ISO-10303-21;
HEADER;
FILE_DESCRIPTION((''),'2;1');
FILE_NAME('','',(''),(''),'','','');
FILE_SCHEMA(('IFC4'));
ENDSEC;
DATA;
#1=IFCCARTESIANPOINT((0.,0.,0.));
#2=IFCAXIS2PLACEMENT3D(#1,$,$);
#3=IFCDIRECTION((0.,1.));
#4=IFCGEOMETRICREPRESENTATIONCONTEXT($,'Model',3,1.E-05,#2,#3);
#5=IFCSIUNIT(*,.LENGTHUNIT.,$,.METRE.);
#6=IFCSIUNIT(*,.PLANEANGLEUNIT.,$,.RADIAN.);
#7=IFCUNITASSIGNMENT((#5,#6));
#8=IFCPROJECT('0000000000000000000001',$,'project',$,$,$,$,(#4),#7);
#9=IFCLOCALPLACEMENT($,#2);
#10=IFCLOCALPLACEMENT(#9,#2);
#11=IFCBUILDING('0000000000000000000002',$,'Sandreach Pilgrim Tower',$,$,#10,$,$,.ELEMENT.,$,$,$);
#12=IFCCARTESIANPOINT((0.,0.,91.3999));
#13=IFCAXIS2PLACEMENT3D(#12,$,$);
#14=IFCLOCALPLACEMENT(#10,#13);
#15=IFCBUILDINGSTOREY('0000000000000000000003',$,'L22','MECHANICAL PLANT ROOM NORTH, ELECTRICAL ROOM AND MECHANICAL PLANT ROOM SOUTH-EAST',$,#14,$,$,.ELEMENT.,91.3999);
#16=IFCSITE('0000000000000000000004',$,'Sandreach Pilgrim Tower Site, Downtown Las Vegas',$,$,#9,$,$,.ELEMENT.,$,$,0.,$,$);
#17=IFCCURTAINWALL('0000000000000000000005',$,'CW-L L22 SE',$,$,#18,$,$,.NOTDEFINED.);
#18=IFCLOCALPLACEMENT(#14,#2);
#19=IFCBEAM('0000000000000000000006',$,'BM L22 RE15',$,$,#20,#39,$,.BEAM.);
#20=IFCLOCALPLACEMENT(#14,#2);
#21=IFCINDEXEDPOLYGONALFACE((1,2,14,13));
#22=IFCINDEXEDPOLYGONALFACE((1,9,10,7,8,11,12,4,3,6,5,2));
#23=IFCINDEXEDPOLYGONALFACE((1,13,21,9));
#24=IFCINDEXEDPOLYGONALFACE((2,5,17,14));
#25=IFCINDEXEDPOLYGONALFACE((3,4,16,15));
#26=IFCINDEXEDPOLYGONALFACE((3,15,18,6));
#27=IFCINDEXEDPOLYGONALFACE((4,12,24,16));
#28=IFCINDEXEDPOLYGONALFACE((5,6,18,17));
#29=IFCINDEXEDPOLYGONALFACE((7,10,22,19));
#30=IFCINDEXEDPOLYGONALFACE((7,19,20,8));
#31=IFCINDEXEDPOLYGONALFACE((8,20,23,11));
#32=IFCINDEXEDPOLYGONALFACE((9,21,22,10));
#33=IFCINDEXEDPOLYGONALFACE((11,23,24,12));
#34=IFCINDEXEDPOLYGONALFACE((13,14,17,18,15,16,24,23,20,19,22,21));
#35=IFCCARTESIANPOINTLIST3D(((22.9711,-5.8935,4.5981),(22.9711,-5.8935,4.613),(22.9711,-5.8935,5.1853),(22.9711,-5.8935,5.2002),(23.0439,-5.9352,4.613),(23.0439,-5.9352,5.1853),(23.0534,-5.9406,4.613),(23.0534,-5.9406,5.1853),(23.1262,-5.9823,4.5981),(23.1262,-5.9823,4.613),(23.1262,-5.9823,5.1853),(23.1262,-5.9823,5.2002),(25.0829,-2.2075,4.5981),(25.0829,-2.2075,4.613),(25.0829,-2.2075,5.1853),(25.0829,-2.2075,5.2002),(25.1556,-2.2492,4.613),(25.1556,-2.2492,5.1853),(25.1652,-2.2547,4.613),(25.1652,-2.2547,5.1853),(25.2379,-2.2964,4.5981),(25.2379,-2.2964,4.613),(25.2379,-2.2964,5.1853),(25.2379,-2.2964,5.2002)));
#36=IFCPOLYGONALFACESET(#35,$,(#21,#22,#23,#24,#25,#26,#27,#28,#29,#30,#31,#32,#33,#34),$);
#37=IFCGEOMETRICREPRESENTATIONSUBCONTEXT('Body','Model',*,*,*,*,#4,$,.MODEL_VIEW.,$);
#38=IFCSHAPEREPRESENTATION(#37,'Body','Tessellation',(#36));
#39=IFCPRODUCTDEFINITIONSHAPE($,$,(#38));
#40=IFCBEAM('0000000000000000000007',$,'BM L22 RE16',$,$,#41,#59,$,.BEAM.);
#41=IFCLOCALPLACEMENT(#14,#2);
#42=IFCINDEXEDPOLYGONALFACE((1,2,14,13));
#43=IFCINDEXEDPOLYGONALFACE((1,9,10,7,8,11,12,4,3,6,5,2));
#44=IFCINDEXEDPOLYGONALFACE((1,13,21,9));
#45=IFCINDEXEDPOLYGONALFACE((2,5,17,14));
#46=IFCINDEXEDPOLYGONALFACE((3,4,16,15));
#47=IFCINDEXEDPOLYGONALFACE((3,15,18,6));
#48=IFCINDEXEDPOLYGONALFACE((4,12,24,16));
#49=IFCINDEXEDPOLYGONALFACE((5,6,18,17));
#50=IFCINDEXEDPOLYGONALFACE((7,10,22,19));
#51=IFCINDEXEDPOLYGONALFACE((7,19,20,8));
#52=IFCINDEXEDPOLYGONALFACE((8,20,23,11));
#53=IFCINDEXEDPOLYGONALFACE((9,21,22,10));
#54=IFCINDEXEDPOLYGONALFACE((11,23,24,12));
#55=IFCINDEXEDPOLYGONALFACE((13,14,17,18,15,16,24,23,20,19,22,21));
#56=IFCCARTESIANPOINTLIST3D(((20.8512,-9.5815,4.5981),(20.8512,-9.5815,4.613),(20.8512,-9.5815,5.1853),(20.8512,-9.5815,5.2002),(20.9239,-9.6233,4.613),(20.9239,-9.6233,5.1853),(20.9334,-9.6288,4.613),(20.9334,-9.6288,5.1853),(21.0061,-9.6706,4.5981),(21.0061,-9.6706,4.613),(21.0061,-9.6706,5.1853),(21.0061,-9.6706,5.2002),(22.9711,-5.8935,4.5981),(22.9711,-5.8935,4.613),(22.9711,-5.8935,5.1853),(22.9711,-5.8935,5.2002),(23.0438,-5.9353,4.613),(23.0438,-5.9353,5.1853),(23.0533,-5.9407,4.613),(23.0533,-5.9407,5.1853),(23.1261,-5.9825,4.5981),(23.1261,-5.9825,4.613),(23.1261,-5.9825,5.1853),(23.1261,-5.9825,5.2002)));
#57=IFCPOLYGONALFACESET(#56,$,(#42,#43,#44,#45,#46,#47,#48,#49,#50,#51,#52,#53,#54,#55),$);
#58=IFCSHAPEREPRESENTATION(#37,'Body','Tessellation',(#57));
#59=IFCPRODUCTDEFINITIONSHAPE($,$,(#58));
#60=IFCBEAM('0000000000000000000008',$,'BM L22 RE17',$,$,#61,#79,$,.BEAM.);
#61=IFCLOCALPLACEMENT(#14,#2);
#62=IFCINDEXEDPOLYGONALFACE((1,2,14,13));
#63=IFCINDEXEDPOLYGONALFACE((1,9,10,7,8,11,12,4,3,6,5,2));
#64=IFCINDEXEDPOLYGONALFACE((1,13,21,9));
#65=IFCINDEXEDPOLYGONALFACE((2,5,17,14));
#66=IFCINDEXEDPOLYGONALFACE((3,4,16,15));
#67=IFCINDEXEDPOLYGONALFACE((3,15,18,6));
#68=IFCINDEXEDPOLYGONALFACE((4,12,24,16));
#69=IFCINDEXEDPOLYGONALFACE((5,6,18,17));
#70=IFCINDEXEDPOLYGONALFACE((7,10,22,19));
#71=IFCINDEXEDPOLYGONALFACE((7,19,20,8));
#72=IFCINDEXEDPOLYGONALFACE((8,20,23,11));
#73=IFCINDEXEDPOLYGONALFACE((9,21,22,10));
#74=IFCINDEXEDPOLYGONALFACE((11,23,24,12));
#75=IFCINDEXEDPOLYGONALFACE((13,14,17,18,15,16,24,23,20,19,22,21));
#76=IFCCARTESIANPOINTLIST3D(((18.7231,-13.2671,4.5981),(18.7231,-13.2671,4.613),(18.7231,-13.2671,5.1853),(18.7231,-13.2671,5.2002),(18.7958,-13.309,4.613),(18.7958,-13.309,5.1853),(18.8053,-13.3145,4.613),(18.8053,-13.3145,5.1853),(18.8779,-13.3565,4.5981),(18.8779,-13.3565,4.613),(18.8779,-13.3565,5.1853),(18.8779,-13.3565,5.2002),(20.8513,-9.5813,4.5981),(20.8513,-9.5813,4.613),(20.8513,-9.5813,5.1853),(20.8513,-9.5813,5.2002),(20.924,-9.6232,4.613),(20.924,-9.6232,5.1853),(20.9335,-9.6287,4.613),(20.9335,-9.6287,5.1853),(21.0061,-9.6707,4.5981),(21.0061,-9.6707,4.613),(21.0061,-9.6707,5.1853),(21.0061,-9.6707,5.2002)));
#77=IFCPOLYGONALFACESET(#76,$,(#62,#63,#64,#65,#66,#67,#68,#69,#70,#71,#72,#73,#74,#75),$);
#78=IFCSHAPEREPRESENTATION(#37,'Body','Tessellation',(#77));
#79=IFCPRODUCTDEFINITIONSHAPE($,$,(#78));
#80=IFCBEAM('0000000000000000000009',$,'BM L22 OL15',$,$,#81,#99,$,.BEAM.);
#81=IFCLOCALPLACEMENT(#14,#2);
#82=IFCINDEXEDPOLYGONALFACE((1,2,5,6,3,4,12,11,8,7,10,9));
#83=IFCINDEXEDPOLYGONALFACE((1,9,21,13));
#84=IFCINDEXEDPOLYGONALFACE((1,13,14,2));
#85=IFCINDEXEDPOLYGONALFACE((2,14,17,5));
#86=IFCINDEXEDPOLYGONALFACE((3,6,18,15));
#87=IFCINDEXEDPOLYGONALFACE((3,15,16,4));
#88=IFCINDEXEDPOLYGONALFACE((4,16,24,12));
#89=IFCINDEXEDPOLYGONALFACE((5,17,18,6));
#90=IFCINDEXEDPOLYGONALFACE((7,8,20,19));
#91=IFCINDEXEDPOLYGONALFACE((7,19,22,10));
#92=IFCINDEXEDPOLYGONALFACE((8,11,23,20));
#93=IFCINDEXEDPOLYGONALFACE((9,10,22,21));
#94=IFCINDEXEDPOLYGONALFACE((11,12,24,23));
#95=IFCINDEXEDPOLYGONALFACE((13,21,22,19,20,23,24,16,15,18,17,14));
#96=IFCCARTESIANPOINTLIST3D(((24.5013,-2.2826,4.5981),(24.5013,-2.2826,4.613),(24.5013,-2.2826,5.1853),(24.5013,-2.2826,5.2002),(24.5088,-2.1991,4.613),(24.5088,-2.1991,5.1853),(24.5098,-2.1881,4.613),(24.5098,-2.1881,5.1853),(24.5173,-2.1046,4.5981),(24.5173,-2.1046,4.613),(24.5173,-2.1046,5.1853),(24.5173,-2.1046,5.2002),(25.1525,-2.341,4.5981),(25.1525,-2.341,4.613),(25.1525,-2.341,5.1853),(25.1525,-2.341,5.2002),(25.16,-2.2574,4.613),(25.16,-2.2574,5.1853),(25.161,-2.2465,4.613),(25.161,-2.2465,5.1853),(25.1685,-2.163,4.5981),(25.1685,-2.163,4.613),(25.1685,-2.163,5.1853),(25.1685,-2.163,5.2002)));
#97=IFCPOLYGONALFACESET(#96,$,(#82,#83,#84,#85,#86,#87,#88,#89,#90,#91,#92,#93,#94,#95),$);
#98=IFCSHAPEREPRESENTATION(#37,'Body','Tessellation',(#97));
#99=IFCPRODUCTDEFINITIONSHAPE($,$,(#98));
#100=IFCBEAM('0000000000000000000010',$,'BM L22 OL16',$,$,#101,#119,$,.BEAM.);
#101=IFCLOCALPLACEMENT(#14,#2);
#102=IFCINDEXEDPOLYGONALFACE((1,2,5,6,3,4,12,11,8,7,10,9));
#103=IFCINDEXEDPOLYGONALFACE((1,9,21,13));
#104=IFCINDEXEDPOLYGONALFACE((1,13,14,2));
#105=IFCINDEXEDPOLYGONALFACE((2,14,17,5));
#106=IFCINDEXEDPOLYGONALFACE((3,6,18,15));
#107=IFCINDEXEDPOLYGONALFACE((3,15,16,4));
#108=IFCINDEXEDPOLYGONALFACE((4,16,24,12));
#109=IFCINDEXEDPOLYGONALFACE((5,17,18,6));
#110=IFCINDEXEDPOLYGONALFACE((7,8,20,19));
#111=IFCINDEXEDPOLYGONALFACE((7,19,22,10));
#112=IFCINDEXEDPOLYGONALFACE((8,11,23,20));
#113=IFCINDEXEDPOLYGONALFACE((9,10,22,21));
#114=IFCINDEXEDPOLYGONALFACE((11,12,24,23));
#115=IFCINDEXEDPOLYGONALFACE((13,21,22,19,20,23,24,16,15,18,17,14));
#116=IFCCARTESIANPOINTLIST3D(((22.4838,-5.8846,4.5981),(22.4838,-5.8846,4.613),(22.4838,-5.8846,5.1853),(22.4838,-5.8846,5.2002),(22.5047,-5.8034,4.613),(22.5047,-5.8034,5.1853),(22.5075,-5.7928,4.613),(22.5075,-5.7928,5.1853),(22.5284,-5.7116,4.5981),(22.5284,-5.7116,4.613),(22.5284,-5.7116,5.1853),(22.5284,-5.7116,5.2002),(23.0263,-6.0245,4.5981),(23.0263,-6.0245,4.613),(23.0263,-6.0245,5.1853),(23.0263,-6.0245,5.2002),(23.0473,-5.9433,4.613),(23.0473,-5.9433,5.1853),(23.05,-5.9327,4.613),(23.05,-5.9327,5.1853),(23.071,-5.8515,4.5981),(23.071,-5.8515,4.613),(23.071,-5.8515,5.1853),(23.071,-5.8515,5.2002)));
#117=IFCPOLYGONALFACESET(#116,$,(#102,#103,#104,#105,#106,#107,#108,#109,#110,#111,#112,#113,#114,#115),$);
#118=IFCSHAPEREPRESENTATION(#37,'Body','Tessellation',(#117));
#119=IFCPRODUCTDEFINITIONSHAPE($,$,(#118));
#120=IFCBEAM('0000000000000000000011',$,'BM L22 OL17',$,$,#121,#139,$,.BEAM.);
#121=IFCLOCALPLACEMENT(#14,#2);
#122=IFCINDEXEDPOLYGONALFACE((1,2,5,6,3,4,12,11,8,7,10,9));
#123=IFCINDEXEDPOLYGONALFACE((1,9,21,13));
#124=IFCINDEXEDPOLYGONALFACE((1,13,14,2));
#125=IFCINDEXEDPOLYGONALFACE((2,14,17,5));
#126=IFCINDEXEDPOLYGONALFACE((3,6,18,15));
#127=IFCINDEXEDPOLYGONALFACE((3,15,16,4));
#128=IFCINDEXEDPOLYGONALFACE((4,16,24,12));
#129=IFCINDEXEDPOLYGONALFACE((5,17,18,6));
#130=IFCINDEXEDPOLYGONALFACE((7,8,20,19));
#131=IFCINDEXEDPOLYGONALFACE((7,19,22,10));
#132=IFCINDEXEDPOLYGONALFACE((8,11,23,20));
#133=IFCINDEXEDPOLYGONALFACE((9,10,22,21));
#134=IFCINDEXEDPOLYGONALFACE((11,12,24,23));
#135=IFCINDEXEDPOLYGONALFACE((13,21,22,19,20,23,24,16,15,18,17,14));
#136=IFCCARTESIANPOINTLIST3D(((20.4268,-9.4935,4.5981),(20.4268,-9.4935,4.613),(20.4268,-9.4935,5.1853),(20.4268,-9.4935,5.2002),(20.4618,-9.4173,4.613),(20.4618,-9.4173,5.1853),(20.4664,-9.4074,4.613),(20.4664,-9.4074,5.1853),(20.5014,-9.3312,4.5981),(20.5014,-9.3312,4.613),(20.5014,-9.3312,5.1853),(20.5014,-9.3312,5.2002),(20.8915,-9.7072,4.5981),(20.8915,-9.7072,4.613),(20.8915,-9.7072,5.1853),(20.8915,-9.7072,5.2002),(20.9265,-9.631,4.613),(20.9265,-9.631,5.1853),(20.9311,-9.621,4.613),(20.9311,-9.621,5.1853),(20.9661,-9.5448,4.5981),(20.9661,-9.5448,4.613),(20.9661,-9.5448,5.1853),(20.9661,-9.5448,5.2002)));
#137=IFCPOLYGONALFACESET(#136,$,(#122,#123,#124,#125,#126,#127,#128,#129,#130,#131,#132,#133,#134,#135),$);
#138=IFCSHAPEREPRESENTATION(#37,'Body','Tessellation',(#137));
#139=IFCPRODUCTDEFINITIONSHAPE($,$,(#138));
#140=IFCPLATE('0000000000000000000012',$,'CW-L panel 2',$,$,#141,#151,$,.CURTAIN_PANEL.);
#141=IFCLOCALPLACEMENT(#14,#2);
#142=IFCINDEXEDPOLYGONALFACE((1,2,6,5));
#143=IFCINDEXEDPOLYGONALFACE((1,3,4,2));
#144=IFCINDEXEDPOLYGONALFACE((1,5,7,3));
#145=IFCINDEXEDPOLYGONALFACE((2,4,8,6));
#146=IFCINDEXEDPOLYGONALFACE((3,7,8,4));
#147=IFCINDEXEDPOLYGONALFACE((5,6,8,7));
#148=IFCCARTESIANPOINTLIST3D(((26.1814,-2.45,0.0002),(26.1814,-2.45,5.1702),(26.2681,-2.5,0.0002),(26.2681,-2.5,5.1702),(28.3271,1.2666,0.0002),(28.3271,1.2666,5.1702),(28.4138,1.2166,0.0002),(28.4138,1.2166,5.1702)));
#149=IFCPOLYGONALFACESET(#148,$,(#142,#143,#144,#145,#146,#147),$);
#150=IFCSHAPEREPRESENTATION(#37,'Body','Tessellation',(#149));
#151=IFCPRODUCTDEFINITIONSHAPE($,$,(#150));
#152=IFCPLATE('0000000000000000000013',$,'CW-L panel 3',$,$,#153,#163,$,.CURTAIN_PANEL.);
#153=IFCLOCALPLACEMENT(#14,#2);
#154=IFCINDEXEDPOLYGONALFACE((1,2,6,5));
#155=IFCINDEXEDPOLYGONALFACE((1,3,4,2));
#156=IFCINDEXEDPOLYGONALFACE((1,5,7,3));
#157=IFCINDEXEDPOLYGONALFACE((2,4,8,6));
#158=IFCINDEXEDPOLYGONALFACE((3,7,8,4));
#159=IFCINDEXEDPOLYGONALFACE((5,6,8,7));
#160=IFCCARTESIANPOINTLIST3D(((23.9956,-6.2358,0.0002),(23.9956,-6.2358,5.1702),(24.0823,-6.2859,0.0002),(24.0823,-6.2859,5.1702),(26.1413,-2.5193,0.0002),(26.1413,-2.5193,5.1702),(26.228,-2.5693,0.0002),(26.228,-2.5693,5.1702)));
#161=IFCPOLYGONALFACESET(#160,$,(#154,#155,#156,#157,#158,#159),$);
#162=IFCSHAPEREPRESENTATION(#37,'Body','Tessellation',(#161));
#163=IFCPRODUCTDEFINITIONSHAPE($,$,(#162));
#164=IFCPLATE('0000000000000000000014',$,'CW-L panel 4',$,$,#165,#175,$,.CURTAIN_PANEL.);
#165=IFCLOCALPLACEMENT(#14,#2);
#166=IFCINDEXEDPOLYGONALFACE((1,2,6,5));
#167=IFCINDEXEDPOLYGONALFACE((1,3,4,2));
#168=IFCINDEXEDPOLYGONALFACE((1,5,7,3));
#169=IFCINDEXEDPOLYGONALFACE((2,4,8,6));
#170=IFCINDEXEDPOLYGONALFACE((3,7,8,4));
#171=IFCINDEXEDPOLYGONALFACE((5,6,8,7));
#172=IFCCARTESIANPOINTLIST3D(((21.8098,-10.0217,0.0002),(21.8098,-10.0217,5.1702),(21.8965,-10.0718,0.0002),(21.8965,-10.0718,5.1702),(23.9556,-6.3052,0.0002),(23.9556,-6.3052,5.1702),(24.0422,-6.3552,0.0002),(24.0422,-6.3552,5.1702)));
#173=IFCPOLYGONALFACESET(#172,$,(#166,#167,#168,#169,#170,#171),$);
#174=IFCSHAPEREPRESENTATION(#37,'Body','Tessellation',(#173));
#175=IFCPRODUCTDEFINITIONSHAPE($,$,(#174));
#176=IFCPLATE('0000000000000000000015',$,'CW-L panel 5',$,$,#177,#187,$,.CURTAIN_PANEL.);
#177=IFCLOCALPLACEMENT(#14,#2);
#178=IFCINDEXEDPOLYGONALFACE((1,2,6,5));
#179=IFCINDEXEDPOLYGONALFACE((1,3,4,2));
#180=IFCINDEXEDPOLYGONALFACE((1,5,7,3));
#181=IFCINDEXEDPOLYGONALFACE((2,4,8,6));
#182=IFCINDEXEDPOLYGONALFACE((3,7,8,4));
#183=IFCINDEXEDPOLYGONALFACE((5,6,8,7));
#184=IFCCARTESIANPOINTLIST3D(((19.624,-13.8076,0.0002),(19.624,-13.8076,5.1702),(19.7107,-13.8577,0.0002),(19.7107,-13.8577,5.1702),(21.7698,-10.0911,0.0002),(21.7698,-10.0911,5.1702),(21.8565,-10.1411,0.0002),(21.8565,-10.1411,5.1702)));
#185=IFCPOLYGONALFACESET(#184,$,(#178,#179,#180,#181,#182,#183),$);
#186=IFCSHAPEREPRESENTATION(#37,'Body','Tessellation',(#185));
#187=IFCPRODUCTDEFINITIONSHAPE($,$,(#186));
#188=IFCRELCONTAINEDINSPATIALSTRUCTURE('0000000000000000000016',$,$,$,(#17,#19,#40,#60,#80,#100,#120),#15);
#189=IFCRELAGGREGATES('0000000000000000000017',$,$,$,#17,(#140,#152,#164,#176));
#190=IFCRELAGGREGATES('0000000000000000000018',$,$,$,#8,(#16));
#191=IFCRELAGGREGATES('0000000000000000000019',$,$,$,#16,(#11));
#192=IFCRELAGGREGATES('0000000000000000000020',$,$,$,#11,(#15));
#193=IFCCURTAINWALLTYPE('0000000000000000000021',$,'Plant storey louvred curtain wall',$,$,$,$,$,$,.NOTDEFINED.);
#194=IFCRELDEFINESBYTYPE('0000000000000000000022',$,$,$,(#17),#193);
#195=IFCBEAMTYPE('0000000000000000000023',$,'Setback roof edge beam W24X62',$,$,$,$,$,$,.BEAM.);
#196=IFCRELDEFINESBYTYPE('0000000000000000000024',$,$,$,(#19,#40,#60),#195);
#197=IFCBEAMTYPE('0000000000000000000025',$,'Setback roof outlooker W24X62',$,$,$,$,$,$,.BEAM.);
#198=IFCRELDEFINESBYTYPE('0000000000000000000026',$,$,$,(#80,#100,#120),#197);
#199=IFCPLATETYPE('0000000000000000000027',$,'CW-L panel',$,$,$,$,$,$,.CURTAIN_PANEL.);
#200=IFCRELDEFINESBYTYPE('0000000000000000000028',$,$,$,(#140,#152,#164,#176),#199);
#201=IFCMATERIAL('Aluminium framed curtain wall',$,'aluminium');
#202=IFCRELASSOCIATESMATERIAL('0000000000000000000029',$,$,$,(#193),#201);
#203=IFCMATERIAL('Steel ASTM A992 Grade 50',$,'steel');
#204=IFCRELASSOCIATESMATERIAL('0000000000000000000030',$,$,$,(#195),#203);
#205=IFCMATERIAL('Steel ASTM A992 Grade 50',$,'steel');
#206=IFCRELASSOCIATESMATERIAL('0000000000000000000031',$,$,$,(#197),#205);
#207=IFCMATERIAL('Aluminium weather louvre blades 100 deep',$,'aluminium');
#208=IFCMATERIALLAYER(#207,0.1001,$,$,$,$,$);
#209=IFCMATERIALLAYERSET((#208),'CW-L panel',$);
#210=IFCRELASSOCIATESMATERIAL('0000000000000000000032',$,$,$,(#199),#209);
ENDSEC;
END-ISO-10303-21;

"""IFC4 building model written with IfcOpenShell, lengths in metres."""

from ifc_helpers import new_model, si_unit, direction, frame, origin, origin_2d, place, context, subcontext, project, spatial, rectangle, i_section, extrude, material, layer, layer_set, material_profile, profile_set, type_object, element, aggregate, save


model = new_model("IFC4")

# Units and contexts
model_context = context("Model", 3, precision=1e-05, world=origin(), true_north=direction((0.0, 1.0)))
body_context = subcontext(model_context, "Body", "Model", "MODEL_VIEW")
ifc_project = project(units=[si_unit("LENGTHUNIT", "METRE"), si_unit("PLANEANGLEUNIT", "RADIAN")], contexts=[model_context])

# Site, building, storey
site_placement = place(None, origin())
site = spatial("IfcSite", under=ifc_project, at=site_placement, Name="Sandreach Pilgrim Tower Site, Downtown Las Vegas", CompositionType="ELEMENT", RefElevation=0.0)
building_placement = place(site_placement, origin())
building = spatial("IfcBuilding", under=site, at=building_placement, Name="Sandreach Pilgrim Tower", CompositionType="ELEMENT")
storey_placement = place(building_placement, frame((0.0, 0.0, 91.3999)))
storey = spatial("IfcBuildingStorey", under=building, at=storey_placement, Name="L22", Description="MECHANICAL PLANT ROOM NORTH, ELECTRICAL ROOM AND MECHANICAL PLANT ROOM SOUTH-EAST", CompositionType="ELEMENT", Elevation=91.3999)

# Curtain wall
ifc_material_1 = material(Name="Aluminium framed curtain wall", Category="aluminium")
curtain_wall_type = type_object("IfcCurtainWallType", Name="Plant storey louvred curtain wall", PredefinedType="NOTDEFINED", material=ifc_material_1)
curtain_wall_placement = place(storey_placement, origin())
curtain_wall = element("IfcCurtainWall", 1, at=curtain_wall_placement, inside=storey, type_object=curtain_wall_type, Name="CW-L L22 SE", PredefinedType="NOTDEFINED")

# Beams
ifc_material_2 = material(Name="Steel ASTM A992 Grade 50", Category="steel")
ifc_material_profile_1 = material_profile(ifc_material_2, i_section(OverallWidth=0.1787, OverallDepth=0.6021, WebThickness=0.011, FlangeThickness=0.0149, at=origin_2d()), Name="W24X62")
ifc_profile_set_1 = profile_set([ifc_material_profile_1], Name="Steel ASTM A992 Grade 50")
beam_type_1 = type_object("IfcBeamType", Name="Setback roof edge beam W24X62", PredefinedType="BEAM", material=ifc_profile_set_1)
beam_1_placement = place(storey_placement, frame((25.1604, -2.252, 4.8992), z_axis=(-0.497116, -0.867684, 0.0), x_axis=(0.867684, -0.497116, 0.0)))
element("IfcBeam", 2, at=beam_1_placement, inside=storey, type_object=beam_type_1, Name="BM L22 RE15", PredefinedType="BEAM", context=body_context, shape_type="SweptSolid", body=[
    extrude(i_section(OverallWidth=0.1787, OverallDepth=0.6021, WebThickness=0.011, FlangeThickness=0.0149, at=origin_2d()), origin(), (0.0, 0.0, 1.0), 4.248),
])
beam_2_placement = place(storey_placement, frame((23.0486, -5.938, 4.8992), z_axis=(-0.498344, -0.866979, 0.0), x_axis=(0.866979, -0.498344, 0.0)))
element("IfcBeam", 3, at=beam_2_placement, inside=storey, type_object=beam_type_1, Name="BM L22 RE16", PredefinedType="BEAM", context=body_context, shape_type="SweptSolid", body=[
    extrude(i_section(OverallWidth=0.1787, OverallDepth=0.6021, WebThickness=0.011, FlangeThickness=0.0149, at=origin_2d()), origin(), (0.0, 0.0, 1.0), 4.2539),
])
beam_3_placement = place(storey_placement, frame((20.9287, -9.626, 4.8992), z_axis=(-0.500032, -0.866007, 0.0), x_axis=(0.866007, -0.500032, 0.0)))
element("IfcBeam", 4, at=beam_3_placement, inside=storey, type_object=beam_type_1, Name="BM L22 RE17", PredefinedType="BEAM", context=body_context, shape_type="SweptSolid", body=[
    extrude(i_section(OverallWidth=0.1787, OverallDepth=0.6021, WebThickness=0.011, FlangeThickness=0.0149, at=origin_2d()), origin(), (0.0, 0.0, 1.0), 4.2561),
])
ifc_material_3 = material(Name="Steel ASTM A992 Grade 50", Category="steel")
ifc_material_profile_2 = material_profile(ifc_material_3, i_section(OverallWidth=0.1787, OverallDepth=0.6021, WebThickness=0.011, FlangeThickness=0.0149, at=origin_2d()), Name="W24X62")
ifc_profile_set_2 = profile_set([ifc_material_profile_2], Name="Steel ASTM A992 Grade 50")
beam_type_2 = type_object("IfcBeamType", Name="Setback roof outlooker W24X62", PredefinedType="BEAM", material=ifc_profile_set_2)
beam_4_placement = place(storey_placement, frame((24.5093, -2.1936, 4.8992), z_axis=(0.996009, -0.089256, 0.0), x_axis=(0.089256, 0.996009, 0.0)))
element("IfcBeam", 5, at=beam_4_placement, inside=storey, type_object=beam_type_2, Name="BM L22 OL15", PredefinedType="BEAM", context=body_context, shape_type="SweptSolid", body=[
    extrude(i_section(OverallWidth=0.1787, OverallDepth=0.6021, WebThickness=0.011, FlangeThickness=0.0149, at=origin_2d()), origin(), (0.0, 0.0, 1.0), 0.6538),
])
beam_5_placement = place(storey_placement, frame((22.5061, -5.7981, 4.8992), z_axis=(0.968322, -0.249707, 0.0), x_axis=(0.249707, 0.968322, 0.0)))
element("IfcBeam", 6, at=beam_5_placement, inside=storey, type_object=beam_type_2, Name="BM L22 OL16", PredefinedType="BEAM", context=body_context, shape_type="SweptSolid", body=[
    extrude(i_section(OverallWidth=0.1787, OverallDepth=0.6021, WebThickness=0.011, FlangeThickness=0.0149, at=origin_2d()), origin(), (0.0, 0.0, 1.0), 0.5603),
])
beam_6_placement = place(storey_placement, frame((20.4641, -9.4124, 4.8992), z_axis=(0.908559, -0.417756, 0.0), x_axis=(0.417756, 0.908559, 0.0)))
element("IfcBeam", 7, at=beam_6_placement, inside=storey, type_object=beam_type_2, Name="BM L22 OL17", PredefinedType="BEAM", context=body_context, shape_type="SweptSolid", body=[
    extrude(i_section(OverallWidth=0.1787, OverallDepth=0.6021, WebThickness=0.011, FlangeThickness=0.0149, at=origin_2d()), origin(), (0.0, 0.0, 1.0), 0.5115),
])

# Plates
ifc_material_4 = material(Name="Aluminium weather louvre blades 100 deep", Category="aluminium")
ifc_layer = layer(ifc_material_4, 0.1001)
ifc_layer_set = layer_set([ifc_layer], Name="CW-L panel")
plate_type = type_object("IfcPlateType", Name="CW-L panel", PredefinedType="CURTAIN_PANEL", material=ifc_layer_set)
plate_1_placement = place(storey_placement, frame((27.2976, -0.6167, 0.0002), z_axis=(0.0, 0.0, 1.0), x_axis=(-0.5, -0.866025, 0.0)))
plate_1 = element("IfcPlate", 8, at=plate_1_placement, type_object=plate_type, Name="CW-L panel 2", PredefinedType="CURTAIN_PANEL", context=body_context, shape_type="SweptSolid", body=[
    extrude(rectangle(XDim=4.2915, YDim=0.1001, at=origin_2d()), origin(), (0.0, 0.0, 1.0), 5.1699),
])
plate_2_placement = place(storey_placement, frame((25.1118, -4.4026, 0.0002), z_axis=(0.0, 0.0, 1.0), x_axis=(-0.5, -0.866025, 0.0)))
plate_2 = element("IfcPlate", 9, at=plate_2_placement, type_object=plate_type, Name="CW-L panel 3", PredefinedType="CURTAIN_PANEL", context=body_context, shape_type="SweptSolid", body=[
    extrude(rectangle(XDim=4.2915, YDim=0.1001, at=origin_2d()), origin(), (0.0, 0.0, 1.0), 5.1699),
])
plate_3_placement = place(storey_placement, frame((22.926, -8.1885, 0.0002), z_axis=(0.0, 0.0, 1.0), x_axis=(-0.5, -0.866025, 0.0)))
plate_3 = element("IfcPlate", 10, at=plate_3_placement, type_object=plate_type, Name="CW-L panel 4", PredefinedType="CURTAIN_PANEL", context=body_context, shape_type="SweptSolid", body=[
    extrude(rectangle(XDim=4.2915, YDim=0.1001, at=origin_2d()), origin(), (0.0, 0.0, 1.0), 5.1699),
])
plate_4_placement = place(storey_placement, frame((20.7402, -11.9744, 0.0002), z_axis=(0.0, 0.0, 1.0), x_axis=(-0.5, -0.866025, 0.0)))
plate_4 = element("IfcPlate", 11, at=plate_4_placement, type_object=plate_type, Name="CW-L panel 5", PredefinedType="CURTAIN_PANEL", context=body_context, shape_type="SweptSolid", body=[
    extrude(rectangle(XDim=4.2915, YDim=0.1001, at=origin_2d()), origin(), (0.0, 0.0, 1.0), 5.1699),
])
aggregate(curtain_wall, [plate_1, plate_2, plate_3, plate_4])

save(model, "model.ifc")
